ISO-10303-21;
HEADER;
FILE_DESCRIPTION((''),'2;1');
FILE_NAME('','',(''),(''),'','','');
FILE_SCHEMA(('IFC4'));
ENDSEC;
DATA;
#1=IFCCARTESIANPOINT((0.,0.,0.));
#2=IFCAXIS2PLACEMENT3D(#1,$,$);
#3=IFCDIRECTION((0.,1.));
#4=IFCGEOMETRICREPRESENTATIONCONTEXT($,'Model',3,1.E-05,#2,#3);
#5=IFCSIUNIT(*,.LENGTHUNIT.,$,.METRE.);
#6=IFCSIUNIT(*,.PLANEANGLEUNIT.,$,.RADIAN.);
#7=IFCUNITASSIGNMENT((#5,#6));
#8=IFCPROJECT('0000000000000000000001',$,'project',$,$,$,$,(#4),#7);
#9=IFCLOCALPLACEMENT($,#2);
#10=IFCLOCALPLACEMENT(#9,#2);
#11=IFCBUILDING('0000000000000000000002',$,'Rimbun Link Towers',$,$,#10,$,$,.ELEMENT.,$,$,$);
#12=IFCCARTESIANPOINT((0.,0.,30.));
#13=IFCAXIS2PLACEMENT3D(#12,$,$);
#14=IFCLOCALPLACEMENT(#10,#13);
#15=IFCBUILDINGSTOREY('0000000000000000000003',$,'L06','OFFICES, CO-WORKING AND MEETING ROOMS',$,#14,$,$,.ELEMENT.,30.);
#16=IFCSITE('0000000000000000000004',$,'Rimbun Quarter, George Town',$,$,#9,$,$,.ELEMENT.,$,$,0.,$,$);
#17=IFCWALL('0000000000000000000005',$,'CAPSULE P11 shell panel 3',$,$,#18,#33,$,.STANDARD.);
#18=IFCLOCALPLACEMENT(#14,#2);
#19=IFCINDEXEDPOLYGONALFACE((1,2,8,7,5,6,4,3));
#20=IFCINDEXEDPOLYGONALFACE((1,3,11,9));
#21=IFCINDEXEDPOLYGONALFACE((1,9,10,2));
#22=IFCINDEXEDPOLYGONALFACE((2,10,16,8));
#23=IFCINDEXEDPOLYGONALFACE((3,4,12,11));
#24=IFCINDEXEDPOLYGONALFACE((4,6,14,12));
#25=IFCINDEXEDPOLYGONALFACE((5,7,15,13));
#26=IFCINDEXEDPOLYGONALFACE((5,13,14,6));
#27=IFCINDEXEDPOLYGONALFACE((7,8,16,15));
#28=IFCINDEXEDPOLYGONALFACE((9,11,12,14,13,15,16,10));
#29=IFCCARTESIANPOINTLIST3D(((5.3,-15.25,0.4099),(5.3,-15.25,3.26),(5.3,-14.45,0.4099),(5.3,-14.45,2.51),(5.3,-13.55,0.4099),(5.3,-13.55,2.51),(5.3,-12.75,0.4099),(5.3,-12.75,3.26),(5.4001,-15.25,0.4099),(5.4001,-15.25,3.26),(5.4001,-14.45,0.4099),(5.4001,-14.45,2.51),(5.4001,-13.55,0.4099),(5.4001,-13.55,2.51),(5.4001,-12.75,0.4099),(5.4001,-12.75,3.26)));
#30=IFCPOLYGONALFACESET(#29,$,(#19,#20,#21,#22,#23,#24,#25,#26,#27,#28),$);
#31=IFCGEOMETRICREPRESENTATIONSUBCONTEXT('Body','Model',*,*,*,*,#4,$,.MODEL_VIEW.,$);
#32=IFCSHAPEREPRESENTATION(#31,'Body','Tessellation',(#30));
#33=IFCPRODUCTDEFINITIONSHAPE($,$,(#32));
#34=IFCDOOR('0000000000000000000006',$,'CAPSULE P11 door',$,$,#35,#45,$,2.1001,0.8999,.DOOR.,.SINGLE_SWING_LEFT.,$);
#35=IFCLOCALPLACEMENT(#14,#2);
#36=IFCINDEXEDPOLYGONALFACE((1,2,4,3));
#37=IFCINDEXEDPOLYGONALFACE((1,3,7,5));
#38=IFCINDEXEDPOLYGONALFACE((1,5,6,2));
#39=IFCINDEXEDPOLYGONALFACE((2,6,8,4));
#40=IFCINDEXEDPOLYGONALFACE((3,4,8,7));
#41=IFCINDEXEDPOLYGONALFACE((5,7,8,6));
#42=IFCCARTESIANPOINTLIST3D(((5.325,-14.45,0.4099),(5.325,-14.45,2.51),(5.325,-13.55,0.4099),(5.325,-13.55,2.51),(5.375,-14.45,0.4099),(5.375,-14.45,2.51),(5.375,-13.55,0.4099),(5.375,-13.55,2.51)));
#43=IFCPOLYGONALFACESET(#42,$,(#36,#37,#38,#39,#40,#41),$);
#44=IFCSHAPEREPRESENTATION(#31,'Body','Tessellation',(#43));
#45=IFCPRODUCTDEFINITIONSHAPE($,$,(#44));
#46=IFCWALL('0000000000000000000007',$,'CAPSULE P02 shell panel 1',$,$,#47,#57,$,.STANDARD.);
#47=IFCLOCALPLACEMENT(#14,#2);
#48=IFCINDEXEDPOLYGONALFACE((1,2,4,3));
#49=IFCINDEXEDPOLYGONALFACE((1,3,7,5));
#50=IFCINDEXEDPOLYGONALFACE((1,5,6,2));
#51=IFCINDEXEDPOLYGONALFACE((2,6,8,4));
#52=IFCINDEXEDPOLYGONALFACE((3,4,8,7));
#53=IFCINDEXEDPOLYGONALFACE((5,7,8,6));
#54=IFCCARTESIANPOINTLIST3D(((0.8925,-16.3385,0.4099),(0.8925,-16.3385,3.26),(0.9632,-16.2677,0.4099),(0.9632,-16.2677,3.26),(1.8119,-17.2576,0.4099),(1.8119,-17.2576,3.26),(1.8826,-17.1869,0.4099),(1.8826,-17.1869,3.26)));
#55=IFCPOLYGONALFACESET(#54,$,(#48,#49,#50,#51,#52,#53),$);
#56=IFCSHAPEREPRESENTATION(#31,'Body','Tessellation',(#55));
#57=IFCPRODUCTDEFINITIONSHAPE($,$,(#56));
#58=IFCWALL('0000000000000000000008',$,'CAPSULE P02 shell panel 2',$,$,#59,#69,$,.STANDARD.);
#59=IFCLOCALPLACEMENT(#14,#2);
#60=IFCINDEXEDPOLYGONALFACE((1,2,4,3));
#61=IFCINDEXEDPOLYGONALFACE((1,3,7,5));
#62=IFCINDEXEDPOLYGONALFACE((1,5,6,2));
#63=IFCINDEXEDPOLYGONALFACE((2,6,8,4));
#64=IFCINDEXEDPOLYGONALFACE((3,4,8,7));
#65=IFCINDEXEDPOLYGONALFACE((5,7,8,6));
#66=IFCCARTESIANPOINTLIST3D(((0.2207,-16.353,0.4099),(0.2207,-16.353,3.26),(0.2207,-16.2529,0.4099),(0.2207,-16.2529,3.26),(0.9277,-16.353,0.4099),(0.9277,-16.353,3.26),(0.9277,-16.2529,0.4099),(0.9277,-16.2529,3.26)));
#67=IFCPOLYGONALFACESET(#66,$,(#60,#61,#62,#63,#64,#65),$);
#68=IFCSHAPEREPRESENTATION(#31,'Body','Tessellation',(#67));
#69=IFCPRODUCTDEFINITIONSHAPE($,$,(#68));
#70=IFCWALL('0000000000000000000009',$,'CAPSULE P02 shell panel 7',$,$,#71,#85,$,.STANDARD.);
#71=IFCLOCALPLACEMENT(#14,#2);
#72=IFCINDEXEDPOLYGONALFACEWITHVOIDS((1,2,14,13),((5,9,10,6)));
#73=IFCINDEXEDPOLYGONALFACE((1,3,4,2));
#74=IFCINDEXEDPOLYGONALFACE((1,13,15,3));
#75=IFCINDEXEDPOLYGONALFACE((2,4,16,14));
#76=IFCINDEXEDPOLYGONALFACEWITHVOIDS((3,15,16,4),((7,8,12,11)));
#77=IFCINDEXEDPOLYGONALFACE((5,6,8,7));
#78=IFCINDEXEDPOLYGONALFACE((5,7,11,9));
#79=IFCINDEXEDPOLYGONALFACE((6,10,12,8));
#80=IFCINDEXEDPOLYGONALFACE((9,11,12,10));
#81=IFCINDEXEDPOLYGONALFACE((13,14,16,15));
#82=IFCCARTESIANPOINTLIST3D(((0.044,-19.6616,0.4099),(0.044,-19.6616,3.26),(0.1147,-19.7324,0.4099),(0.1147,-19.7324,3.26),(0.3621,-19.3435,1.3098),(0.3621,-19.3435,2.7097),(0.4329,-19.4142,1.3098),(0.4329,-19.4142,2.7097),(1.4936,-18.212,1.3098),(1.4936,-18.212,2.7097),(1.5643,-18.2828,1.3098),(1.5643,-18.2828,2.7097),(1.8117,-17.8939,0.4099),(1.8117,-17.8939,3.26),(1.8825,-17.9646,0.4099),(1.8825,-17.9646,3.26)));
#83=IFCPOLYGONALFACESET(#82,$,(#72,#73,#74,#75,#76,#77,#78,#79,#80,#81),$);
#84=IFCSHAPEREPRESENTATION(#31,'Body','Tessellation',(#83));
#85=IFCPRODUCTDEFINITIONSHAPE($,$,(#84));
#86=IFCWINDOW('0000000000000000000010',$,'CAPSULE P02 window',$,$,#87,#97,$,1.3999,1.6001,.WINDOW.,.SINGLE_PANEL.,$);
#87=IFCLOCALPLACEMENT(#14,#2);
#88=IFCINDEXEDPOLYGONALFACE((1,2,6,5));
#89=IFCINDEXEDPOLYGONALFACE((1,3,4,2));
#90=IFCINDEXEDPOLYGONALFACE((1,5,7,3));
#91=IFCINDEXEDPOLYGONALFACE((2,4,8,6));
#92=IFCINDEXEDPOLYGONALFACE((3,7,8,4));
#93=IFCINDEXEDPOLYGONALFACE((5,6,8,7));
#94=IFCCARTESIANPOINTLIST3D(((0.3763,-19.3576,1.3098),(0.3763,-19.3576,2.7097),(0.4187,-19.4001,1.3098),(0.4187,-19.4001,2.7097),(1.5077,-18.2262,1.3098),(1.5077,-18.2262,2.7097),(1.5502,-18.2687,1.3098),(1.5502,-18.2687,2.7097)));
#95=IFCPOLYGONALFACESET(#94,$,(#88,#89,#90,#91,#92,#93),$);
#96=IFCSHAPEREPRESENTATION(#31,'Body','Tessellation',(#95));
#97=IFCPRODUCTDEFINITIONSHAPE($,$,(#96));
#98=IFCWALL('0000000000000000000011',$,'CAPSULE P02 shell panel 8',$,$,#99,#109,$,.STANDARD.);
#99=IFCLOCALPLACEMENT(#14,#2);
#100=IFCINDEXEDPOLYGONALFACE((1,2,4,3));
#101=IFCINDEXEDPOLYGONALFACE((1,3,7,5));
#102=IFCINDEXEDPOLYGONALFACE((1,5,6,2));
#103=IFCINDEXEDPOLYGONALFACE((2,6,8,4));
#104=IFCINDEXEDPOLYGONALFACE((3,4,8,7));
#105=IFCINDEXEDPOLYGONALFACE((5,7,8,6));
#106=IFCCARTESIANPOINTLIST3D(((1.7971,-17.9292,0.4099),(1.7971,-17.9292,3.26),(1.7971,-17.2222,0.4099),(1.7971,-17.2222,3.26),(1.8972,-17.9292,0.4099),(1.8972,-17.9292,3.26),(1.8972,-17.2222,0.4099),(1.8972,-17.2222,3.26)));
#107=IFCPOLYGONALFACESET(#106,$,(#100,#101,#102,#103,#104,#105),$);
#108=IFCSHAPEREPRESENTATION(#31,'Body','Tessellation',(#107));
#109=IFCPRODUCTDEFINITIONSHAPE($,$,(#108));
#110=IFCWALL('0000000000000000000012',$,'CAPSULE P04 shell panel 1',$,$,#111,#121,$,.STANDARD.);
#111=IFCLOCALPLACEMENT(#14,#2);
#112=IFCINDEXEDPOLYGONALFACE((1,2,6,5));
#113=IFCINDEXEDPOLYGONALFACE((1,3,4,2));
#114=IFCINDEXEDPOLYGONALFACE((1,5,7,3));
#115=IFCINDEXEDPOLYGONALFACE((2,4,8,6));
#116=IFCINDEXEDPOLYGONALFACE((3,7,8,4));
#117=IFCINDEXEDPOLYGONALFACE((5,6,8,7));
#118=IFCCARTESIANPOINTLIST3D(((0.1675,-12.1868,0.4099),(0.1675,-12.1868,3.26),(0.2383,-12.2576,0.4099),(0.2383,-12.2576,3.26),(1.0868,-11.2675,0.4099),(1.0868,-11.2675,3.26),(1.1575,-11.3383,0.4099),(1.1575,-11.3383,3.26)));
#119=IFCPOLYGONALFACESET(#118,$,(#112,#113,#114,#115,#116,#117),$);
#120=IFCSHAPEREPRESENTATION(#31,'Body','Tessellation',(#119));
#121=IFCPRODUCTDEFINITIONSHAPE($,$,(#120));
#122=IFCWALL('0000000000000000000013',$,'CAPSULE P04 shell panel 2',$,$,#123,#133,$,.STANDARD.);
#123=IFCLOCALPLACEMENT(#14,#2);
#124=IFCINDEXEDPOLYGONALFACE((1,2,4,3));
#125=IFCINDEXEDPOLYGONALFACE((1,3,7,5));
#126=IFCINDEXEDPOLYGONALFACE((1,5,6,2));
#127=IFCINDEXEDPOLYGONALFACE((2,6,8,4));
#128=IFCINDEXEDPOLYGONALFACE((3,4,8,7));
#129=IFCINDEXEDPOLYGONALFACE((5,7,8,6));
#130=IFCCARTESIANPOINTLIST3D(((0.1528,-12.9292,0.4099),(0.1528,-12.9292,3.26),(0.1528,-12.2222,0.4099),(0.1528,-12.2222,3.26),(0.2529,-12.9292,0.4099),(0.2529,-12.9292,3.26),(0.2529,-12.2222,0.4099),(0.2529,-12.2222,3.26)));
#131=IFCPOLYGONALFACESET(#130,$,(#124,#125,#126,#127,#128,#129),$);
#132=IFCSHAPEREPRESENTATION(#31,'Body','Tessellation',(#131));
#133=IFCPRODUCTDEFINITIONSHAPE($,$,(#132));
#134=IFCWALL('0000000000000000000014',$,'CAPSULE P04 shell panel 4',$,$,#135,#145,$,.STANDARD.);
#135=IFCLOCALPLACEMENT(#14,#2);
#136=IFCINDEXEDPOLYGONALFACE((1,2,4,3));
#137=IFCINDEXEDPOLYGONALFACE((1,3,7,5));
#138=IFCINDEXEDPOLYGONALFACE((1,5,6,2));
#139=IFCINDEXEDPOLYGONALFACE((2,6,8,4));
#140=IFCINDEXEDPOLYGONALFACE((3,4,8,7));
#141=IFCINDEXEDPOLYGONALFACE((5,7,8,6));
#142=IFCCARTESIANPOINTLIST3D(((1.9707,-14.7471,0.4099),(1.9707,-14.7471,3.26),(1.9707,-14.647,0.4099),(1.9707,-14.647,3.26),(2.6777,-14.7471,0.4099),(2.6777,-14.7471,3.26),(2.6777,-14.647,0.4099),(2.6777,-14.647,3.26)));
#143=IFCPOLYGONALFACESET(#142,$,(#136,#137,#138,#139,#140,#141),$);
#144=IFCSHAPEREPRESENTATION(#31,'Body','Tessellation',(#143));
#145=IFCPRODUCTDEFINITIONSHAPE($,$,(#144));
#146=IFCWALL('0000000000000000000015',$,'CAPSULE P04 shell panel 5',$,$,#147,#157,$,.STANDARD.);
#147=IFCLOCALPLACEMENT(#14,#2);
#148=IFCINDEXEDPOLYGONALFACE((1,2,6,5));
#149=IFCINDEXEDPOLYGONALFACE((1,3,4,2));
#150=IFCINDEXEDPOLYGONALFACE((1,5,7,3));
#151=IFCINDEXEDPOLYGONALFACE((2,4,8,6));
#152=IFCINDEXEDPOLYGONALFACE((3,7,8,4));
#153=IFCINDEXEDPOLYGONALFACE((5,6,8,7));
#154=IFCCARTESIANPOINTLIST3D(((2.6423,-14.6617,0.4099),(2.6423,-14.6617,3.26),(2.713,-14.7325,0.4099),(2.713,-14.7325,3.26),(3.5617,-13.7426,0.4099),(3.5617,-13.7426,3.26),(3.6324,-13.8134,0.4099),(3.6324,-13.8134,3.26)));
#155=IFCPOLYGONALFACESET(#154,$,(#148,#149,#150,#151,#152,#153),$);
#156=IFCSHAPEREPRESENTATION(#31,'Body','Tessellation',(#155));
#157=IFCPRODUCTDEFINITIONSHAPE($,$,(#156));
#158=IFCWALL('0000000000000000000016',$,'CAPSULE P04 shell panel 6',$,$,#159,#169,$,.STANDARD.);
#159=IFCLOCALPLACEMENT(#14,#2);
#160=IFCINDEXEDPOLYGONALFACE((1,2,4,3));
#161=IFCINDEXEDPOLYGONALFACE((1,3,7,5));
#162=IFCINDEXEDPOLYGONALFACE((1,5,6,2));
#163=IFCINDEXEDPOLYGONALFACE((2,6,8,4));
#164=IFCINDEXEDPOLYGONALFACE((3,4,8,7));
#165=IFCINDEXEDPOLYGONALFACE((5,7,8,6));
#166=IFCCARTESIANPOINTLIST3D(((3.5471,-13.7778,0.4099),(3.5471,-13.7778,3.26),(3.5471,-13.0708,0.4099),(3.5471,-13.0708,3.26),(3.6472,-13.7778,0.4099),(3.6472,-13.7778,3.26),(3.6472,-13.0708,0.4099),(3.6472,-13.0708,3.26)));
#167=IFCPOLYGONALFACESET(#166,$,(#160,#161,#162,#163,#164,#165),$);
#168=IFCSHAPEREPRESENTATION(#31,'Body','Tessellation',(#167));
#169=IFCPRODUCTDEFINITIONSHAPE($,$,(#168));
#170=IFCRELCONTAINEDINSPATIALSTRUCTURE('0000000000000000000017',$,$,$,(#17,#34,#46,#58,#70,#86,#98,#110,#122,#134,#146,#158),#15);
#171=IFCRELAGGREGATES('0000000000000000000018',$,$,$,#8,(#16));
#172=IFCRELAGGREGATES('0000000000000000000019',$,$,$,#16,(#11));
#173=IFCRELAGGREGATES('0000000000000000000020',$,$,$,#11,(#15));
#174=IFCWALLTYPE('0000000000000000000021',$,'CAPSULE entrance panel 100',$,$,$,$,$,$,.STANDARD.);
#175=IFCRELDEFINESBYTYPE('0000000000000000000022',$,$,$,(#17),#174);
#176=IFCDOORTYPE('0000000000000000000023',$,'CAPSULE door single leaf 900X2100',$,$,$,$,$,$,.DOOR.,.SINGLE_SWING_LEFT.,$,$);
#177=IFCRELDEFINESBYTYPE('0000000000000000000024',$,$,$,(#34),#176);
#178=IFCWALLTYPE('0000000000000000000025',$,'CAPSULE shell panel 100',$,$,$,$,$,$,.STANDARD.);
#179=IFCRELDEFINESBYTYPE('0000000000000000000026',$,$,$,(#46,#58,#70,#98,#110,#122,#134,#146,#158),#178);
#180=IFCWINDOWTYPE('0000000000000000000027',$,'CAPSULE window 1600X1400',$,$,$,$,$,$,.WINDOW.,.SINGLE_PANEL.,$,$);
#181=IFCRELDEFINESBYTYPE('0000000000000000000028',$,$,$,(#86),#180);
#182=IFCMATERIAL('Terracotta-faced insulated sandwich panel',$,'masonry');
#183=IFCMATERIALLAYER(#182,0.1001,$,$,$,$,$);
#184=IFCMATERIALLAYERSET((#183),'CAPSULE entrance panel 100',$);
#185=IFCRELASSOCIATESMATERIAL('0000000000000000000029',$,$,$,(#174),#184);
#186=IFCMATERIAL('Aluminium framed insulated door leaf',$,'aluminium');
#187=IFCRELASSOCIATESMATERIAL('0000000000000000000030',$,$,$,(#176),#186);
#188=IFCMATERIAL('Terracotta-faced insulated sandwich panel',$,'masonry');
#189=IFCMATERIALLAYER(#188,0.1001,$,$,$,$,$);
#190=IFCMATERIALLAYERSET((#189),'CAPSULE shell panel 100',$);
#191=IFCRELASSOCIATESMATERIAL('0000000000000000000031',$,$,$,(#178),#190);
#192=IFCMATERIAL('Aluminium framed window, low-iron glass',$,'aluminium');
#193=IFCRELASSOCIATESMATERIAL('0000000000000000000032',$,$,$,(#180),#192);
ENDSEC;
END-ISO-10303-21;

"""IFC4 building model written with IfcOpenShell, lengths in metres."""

from ifc_helpers import new_model, si_unit, direction, frame, frame_2d, origin, place, context, subcontext, project, spatial, rectangle, extrude, material, layer, layer_set, type_object, element, fill, save


model = new_model("IFC4")

# Units and contexts
model_context = context("Model", 3, precision=1e-05, world=origin(), true_north=direction((0.0, 1.0)))
body_context = subcontext(model_context, "Body", "Model", "MODEL_VIEW")
ifc_project = project(units=[si_unit("LENGTHUNIT", "METRE"), si_unit("PLANEANGLEUNIT", "RADIAN")], contexts=[model_context])

# Site, building, storey
site_placement = place(None, origin())
site = spatial("IfcSite", under=ifc_project, at=site_placement, Name="Rimbun Quarter, George Town", CompositionType="ELEMENT", RefElevation=0.0)
building_placement = place(site_placement, origin())
building = spatial("IfcBuilding", under=site, at=building_placement, Name="Rimbun Link Towers", CompositionType="ELEMENT")
storey_placement = place(building_placement, frame((0.0, 0.0, 30.0)))
storey = spatial("IfcBuildingStorey", under=building, at=storey_placement, Name="L06", Description="OFFICES, CO-WORKING AND MEETING ROOMS", CompositionType="ELEMENT", Elevation=30.0)

# Wall, opening, door
ifc_material_1 = material(Name="Terracotta-faced insulated sandwich panel", Category="masonry")
ifc_layer_1 = layer(ifc_material_1, 0.1001)
ifc_layer_set_1 = layer_set([ifc_layer_1], Name="CAPSULE entrance panel 100")
wall_type_1 = type_object("IfcWallType", Name="CAPSULE entrance panel 100", PredefinedType="STANDARD", material=ifc_layer_set_1)
ifc_material_2 = material(Name="Aluminium framed insulated door leaf", Category="aluminium")
door_type = type_object("IfcDoorType", Name="CAPSULE door single leaf 900X2100", OperationType="SINGLE_SWING_LEFT", PredefinedType="DOOR", material=ifc_material_2)
wall_1_placement = place(storey_placement, frame((5.3501, -12.75, 0.4099), z_axis=(0.0, 0.0, 1.0), x_axis=(0.0, -1.0, 0.0)))
wall_1 = element("IfcWall", 1, at=wall_1_placement, inside=storey, type_object=wall_type_1, Name="CAPSULE P11 shell panel 3", PredefinedType="STANDARD", context=body_context, shape_type="SweptSolid", body=[
    extrude(rectangle(XDim=2.5, YDim=0.1001, at=frame_2d((1.25, 0.0))), origin(), (0.0, 0.0, 1.0), 2.8501),
])
opening_1_placement = place(wall_1_placement, frame((0.8, 0.0, 0.0)))
opening_1 = element("IfcOpeningElement", 2, at=opening_1_placement, cuts=wall_1, PredefinedType="OPENING", context=body_context, shape_type="SweptSolid", body=[
    extrude(rectangle(XDim=0.8999, YDim=2.1001, at=frame_2d((0.45, 1.05))), frame((0.0, 0.0601, 0.0), z_axis=(0.0, -1.0, 0.0), x_axis=(1.0, 0.0, 0.0)), (0.0, 0.0, 1.0), 0.1201),
])
door_1_placement = place(opening_1_placement, origin())
door_1 = element("IfcDoor", 3, at=door_1_placement, inside=storey, type_object=door_type, Name="CAPSULE P11 door", OperationType="SINGLE_SWING_LEFT", OverallHeight=2.1001, OverallWidth=0.8999, PredefinedType="DOOR", context=body_context, shape_type="SweptSolid", body=[
    extrude(rectangle(XDim=0.8999, YDim=2.1001, at=frame_2d((0.45, 1.05))), frame((0.0, 0.0249, 0.0), z_axis=(0.0, -1.0, 0.0), x_axis=(1.0, 0.0, 0.0)), (0.0, 0.0, 1.0), 0.05),
])
fill(opening_1, door_1)

# Walls
ifc_material_3 = material(Name="Terracotta-faced insulated sandwich panel", Category="masonry")
ifc_layer_2 = layer(ifc_material_3, 0.1001)
ifc_layer_set_2 = layer_set([ifc_layer_2], Name="CAPSULE shell panel 100")
wall_type_2 = type_object("IfcWallType", Name="CAPSULE shell panel 100", PredefinedType="STANDARD", material=ifc_layer_set_2)
wall_2_placement = place(storey_placement, frame((1.8472, -17.2222, 0.4099), z_axis=(0.0, 0.0, 1.0), x_axis=(-0.707201, 0.707013, 0.0)))
element("IfcWall", 4, at=wall_2_placement, inside=storey, type_object=wall_type_2, Name="CAPSULE P02 shell panel 1", PredefinedType="STANDARD", context=body_context, shape_type="SweptSolid", body=[
    extrude(rectangle(XDim=1.3, YDim=0.1001, at=frame_2d((0.6499, 0.0))), origin(), (0.0, 0.0, 1.0), 2.8501),
])
wall_3_placement = place(storey_placement, frame((0.9277, -16.303, 0.4099), z_axis=(0.0, 0.0, 1.0), x_axis=(-1.0, 0.0, 0.0)))
element("IfcWall", 5, at=wall_3_placement, inside=storey, type_object=wall_type_2, Name="CAPSULE P02 shell panel 2", PredefinedType="STANDARD", context=body_context, shape_type="SweptSolid", body=[
    extrude(rectangle(XDim=0.707, YDim=0.1001, at=frame_2d((0.3535, 0.0))), origin(), (0.0, 0.0, 1.0), 2.8501),
])

# Wall, opening, window
wall_4_placement = place(storey_placement, frame((0.0793, -19.697, 0.4099), z_axis=(0.0, 0.0, 1.0), x_axis=(0.707107, 0.707107, 0.0)))
wall_4 = element("IfcWall", 6, at=wall_4_placement, inside=storey, type_object=wall_type_2, Name="CAPSULE P02 shell panel 7", PredefinedType="STANDARD", context=body_context, shape_type="SweptSolid", body=[
    extrude(rectangle(XDim=2.5, YDim=0.1001, at=frame_2d((1.25, 0.0))), origin(), (0.0, 0.0, 1.0), 2.8501),
])
opening_2_placement = place(wall_4_placement, frame((0.45, 0.0, 0.8999)))
opening_2 = element("IfcOpeningElement", 7, at=opening_2_placement, cuts=wall_4, PredefinedType="OPENING", context=body_context, shape_type="SweptSolid", body=[
    extrude(rectangle(XDim=1.6001, YDim=1.3999, at=frame_2d((0.8, 0.7))), frame((0.0, 0.0601, 0.0), z_axis=(0.0, -1.0, 0.0), x_axis=(1.0, 0.0, 0.0)), (0.0, 0.0, 1.0), 0.1201),
])
ifc_material_4 = material(Name="Aluminium framed window, low-iron glass", Category="aluminium")
window_type = type_object("IfcWindowType", Name="CAPSULE window 1600X1400", PartitioningType="SINGLE_PANEL", PredefinedType="WINDOW", material=ifc_material_4)
window_1_placement = place(opening_2_placement, origin())
window_1 = element("IfcWindow", 8, at=window_1_placement, inside=storey, type_object=window_type, Name="CAPSULE P02 window", OverallHeight=1.3999, OverallWidth=1.6001, PartitioningType="SINGLE_PANEL", PredefinedType="WINDOW", context=body_context, shape_type="SweptSolid", body=[
    extrude(rectangle(XDim=1.6001, YDim=1.3999, at=frame_2d((0.8, 0.7))), frame((0.0, 0.03, 0.0), z_axis=(0.0, -1.0, 0.0), x_axis=(1.0, 0.0, 0.0)), (0.0, 0.0, 1.0), 0.0601),
])
fill(opening_2, window_1)

# Walls
wall_5_placement = place(storey_placement, frame((1.8472, -17.9292, 0.4099), z_axis=(0.0, 0.0, 1.0), x_axis=(0.0, 1.0, 0.0)))
element("IfcWall", 9, at=wall_5_placement, inside=storey, type_object=wall_type_2, Name="CAPSULE P02 shell panel 8", PredefinedType="STANDARD", context=body_context, shape_type="SweptSolid", body=[
    extrude(rectangle(XDim=0.707, YDim=0.1001, at=frame_2d((0.3535, 0.0))), origin(), (0.0, 0.0, 1.0), 2.8501),
])
wall_6_placement = place(storey_placement, frame((1.1221, -11.303, 0.4099), z_axis=(0.0, 0.0, 1.0), x_axis=(-0.707107, -0.707107, 0.0)))
element("IfcWall", 10, at=wall_6_placement, inside=storey, type_object=wall_type_2, Name="CAPSULE P04 shell panel 1", PredefinedType="STANDARD", context=body_context, shape_type="SweptSolid", body=[
    extrude(rectangle(XDim=1.3, YDim=0.1001, at=frame_2d((0.6499, 0.0))), origin(), (0.0, 0.0, 1.0), 2.8501),
])
for number, where, z_axis, x_axis, name in (
    (11, (0.2029, -12.2222, 0.4099), (0.0, 0.0, 1.0), (0.0, -1.0, 0.0), "CAPSULE P04 shell panel 2"),
    (12, (1.9707, -14.697, 0.4099), (0.0, 0.0, 1.0), (1.0, 0.0, 0.0), "CAPSULE P04 shell panel 4"),
):
    element("IfcWall", number, at=place(storey_placement, frame(where, z_axis=z_axis, x_axis=x_axis)), inside=storey, type_object=wall_type_2, Name=name, PredefinedType="STANDARD", context=body_context, shape_type="SweptSolid", body=[
        extrude(rectangle(XDim=0.707, YDim=0.1001, at=frame_2d((0.3535, 0.0))), origin(), (0.0, 0.0, 1.0), 2.8501),
    ])
wall_7_placement = place(storey_placement, frame((2.6777, -14.697, 0.4099), z_axis=(0.0, 0.0, 1.0), x_axis=(0.707201, 0.707013, 0.0)))
element("IfcWall", 13, at=wall_7_placement, inside=storey, type_object=wall_type_2, Name="CAPSULE P04 shell panel 5", PredefinedType="STANDARD", context=body_context, shape_type="SweptSolid", body=[
    extrude(rectangle(XDim=1.3, YDim=0.1001, at=frame_2d((0.6499, 0.0))), origin(), (0.0, 0.0, 1.0), 2.8501),
])
wall_8_placement = place(storey_placement, frame((3.5972, -13.7778, 0.4099), z_axis=(0.0, 0.0, 1.0), x_axis=(0.0, 1.0, 0.0)))
element("IfcWall", 14, at=wall_8_placement, inside=storey, type_object=wall_type_2, Name="CAPSULE P04 shell panel 6", PredefinedType="STANDARD", context=body_context, shape_type="SweptSolid", body=[
    extrude(rectangle(XDim=0.707, YDim=0.1001, at=frame_2d((0.3535, 0.0))), origin(), (0.0, 0.0, 1.0), 2.8501),
])

save(model, "model.ifc")
